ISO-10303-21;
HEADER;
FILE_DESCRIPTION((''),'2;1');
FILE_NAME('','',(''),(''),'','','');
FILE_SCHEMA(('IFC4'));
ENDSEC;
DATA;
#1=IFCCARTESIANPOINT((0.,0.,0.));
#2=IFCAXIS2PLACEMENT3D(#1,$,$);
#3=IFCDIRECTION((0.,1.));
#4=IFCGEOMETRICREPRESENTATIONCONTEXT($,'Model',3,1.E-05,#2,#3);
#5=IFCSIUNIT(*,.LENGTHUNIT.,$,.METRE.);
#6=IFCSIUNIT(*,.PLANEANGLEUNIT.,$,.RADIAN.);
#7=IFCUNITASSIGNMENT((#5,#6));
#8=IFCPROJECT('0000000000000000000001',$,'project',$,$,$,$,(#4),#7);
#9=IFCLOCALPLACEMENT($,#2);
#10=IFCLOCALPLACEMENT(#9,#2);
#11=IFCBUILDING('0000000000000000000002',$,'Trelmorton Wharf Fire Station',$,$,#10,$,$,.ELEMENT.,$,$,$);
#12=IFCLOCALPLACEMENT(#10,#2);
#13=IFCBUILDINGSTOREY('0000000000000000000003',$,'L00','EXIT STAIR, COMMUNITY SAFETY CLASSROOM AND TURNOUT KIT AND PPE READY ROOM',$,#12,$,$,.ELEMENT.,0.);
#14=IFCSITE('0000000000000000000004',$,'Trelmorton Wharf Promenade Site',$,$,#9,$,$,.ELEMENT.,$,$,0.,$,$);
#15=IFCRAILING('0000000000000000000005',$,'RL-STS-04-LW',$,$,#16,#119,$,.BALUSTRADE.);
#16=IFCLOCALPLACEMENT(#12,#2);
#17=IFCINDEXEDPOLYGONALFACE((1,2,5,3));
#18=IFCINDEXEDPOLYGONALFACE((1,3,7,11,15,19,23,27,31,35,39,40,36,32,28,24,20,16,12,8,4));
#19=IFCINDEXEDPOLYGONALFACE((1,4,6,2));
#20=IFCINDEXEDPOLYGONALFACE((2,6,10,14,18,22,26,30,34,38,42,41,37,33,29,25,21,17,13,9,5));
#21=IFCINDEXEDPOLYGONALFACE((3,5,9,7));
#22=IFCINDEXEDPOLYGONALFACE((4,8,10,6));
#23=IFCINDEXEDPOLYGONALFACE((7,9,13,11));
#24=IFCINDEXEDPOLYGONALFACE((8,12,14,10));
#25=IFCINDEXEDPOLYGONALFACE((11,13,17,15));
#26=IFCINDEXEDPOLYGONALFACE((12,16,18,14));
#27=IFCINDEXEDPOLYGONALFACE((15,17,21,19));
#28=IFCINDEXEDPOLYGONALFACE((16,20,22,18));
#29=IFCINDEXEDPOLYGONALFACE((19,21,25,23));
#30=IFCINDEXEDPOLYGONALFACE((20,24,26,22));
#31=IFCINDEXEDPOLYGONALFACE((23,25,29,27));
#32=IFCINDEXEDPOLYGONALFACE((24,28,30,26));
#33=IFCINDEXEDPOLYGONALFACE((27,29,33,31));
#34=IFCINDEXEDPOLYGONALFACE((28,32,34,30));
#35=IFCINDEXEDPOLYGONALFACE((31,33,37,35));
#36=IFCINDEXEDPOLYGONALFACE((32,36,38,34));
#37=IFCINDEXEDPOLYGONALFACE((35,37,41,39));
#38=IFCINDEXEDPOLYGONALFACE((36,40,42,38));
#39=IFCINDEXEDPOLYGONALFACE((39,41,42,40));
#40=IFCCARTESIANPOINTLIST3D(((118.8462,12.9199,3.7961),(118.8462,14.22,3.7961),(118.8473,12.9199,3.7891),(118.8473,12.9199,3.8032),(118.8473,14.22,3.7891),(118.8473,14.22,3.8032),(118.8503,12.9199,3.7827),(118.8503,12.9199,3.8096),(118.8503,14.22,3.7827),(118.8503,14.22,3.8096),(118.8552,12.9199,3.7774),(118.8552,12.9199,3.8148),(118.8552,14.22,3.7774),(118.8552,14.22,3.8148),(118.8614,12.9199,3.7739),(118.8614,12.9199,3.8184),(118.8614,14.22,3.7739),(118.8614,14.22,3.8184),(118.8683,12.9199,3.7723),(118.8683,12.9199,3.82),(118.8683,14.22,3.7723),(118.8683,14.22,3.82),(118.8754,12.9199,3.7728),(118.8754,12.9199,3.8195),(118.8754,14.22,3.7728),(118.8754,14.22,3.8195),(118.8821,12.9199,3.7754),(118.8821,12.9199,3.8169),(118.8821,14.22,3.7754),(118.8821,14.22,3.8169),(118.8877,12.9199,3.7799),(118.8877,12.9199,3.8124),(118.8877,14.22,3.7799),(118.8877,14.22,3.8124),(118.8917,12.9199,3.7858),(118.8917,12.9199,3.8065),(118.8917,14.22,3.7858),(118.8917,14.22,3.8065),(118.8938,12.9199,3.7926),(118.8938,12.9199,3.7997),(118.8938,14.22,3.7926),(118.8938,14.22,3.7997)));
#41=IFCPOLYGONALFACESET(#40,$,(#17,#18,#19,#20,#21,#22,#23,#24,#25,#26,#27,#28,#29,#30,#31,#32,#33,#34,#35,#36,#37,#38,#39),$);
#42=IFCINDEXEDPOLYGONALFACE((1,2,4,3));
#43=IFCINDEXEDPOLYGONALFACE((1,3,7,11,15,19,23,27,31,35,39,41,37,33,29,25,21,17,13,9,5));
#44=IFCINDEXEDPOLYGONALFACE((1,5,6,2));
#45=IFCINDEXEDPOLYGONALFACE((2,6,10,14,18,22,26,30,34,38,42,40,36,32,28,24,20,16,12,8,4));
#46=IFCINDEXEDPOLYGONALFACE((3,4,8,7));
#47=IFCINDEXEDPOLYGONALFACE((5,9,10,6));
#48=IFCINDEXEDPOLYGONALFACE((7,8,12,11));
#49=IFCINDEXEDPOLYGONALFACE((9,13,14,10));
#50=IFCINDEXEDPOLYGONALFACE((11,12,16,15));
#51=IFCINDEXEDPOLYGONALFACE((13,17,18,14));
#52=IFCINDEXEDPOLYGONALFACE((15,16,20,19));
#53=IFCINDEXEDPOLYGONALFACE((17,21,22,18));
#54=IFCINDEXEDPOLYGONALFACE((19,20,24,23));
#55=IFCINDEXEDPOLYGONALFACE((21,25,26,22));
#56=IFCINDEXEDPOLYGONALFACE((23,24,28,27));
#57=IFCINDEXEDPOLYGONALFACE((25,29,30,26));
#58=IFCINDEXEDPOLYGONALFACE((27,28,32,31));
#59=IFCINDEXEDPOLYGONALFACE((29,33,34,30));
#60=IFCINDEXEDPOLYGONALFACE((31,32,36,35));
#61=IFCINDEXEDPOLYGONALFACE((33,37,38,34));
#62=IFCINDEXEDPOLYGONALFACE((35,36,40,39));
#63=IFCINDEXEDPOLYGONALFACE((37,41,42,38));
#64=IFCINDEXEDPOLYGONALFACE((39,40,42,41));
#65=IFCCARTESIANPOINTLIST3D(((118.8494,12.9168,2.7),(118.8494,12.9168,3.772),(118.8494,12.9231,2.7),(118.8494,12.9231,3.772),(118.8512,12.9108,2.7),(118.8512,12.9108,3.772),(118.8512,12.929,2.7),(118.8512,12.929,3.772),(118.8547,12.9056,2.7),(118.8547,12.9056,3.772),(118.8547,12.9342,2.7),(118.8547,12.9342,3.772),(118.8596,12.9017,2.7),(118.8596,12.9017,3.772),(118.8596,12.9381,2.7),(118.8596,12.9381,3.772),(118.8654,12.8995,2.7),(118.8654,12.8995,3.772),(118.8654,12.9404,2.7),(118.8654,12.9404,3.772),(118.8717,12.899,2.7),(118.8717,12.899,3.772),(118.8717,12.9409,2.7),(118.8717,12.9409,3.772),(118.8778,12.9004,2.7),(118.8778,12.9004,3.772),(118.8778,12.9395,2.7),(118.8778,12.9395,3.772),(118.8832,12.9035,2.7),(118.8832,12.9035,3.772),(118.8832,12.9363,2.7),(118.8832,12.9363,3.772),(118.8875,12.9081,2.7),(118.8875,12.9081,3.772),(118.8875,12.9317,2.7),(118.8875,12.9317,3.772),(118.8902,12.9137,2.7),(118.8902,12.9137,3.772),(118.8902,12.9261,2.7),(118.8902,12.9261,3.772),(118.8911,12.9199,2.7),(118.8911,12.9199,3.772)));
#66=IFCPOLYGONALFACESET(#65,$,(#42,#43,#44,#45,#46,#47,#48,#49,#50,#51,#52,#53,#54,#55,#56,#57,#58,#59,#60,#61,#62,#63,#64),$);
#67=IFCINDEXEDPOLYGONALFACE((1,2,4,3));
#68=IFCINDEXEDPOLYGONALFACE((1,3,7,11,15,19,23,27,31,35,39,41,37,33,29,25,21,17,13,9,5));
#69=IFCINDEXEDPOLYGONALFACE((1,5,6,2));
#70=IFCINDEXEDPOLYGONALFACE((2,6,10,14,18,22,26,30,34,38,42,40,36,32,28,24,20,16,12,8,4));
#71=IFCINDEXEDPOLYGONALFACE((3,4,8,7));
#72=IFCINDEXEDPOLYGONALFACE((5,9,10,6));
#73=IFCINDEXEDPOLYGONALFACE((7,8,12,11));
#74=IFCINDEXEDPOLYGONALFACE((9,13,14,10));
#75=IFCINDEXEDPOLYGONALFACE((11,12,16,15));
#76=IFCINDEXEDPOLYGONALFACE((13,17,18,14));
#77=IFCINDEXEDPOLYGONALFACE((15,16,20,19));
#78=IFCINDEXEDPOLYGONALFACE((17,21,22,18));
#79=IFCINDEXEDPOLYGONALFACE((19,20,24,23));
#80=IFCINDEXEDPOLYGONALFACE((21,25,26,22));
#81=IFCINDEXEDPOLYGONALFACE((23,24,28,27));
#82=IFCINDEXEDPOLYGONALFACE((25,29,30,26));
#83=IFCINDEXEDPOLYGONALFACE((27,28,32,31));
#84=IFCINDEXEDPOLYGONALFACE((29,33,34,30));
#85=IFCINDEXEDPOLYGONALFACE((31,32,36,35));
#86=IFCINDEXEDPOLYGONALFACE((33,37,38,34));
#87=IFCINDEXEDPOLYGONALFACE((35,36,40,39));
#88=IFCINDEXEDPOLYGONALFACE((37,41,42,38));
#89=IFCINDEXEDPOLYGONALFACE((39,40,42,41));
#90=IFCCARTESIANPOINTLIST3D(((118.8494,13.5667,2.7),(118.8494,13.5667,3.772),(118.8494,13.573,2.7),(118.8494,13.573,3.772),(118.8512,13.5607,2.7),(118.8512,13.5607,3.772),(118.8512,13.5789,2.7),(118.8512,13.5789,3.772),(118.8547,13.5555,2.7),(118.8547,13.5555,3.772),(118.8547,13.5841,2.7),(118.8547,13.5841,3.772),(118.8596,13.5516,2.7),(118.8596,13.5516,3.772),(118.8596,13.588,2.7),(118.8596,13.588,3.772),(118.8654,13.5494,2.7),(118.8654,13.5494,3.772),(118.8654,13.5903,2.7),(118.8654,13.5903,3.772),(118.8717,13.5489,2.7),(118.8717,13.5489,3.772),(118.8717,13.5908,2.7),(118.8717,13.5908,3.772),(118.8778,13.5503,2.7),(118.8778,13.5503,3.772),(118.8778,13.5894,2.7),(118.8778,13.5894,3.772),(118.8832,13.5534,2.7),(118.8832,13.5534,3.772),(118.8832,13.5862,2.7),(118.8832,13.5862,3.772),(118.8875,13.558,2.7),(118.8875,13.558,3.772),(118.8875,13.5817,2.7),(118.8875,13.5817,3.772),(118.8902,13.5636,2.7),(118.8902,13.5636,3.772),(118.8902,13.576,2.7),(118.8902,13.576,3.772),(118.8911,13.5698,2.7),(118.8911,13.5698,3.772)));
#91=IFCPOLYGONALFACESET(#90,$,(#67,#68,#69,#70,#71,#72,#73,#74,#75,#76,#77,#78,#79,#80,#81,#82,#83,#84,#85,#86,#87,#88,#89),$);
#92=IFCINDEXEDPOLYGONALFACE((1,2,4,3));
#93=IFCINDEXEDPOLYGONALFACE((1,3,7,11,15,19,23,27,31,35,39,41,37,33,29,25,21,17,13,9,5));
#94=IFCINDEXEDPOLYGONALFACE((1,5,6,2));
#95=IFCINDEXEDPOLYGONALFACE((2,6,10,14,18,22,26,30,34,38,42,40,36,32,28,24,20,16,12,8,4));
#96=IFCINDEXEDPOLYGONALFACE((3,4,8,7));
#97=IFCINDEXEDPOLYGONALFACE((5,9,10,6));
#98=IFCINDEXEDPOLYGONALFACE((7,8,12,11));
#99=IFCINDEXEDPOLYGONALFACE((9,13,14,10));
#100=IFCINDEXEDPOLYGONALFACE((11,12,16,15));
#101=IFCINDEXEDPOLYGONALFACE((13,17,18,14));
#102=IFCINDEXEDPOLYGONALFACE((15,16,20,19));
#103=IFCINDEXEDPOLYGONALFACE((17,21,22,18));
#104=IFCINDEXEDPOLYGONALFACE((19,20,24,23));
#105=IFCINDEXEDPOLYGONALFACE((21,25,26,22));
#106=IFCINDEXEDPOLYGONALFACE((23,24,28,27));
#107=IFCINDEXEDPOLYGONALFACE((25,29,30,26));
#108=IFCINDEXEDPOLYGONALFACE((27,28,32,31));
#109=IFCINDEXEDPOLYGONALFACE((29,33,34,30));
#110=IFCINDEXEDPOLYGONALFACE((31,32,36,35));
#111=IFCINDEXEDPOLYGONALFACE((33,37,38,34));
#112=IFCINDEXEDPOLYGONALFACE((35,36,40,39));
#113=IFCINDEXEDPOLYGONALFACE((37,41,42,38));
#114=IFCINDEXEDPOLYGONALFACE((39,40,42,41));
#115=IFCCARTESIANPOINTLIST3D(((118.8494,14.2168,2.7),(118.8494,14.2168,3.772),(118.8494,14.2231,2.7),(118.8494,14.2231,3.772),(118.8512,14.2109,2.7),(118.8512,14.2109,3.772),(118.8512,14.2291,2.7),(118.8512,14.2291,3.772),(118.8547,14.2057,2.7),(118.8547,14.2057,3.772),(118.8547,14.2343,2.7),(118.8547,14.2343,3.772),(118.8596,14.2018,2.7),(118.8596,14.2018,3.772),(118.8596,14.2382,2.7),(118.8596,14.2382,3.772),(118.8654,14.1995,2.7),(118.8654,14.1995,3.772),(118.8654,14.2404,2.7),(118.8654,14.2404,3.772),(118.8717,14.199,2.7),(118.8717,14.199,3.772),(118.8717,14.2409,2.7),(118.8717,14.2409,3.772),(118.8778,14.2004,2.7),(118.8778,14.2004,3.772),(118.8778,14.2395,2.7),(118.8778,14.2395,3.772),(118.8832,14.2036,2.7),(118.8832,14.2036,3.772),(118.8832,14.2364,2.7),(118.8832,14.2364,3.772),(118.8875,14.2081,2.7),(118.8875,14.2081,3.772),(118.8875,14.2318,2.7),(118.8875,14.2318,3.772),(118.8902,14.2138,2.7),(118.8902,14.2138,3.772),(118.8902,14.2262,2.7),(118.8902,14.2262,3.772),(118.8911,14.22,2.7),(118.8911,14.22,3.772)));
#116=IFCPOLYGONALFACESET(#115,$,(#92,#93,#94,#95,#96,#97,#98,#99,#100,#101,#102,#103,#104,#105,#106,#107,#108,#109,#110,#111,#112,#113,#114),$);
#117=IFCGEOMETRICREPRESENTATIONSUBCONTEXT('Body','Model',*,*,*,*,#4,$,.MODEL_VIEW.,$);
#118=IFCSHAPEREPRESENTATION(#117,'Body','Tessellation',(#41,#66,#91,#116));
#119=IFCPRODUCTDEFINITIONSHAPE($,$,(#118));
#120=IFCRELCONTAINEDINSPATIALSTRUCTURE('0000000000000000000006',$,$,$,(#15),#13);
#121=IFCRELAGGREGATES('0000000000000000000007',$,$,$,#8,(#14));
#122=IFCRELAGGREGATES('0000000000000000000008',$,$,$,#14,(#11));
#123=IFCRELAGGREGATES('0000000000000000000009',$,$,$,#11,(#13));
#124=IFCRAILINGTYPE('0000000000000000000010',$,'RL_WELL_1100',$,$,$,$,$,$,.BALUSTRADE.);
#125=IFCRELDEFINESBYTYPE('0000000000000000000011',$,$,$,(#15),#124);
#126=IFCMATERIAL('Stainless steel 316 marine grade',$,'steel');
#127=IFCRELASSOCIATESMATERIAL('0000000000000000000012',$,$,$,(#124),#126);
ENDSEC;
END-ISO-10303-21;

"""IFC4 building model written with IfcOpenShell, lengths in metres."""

from ifc_helpers import new_model, si_unit, direction, frame, origin, origin_2d, place, context, subcontext, project, spatial, circle, extrude, material, type_object, element, save


model = new_model("IFC4")

# Units and contexts
model_context = context("Model", 3, precision=1e-05, world=origin(), true_north=direction((0.0, 1.0)))
body_context = subcontext(model_context, "Body", "Model", "MODEL_VIEW")
ifc_project = project(units=[si_unit("LENGTHUNIT", "METRE"), si_unit("PLANEANGLEUNIT", "RADIAN")], contexts=[model_context])

# Site, building, storey
site_placement = place(None, origin())
site = spatial("IfcSite", under=ifc_project, at=site_placement, Name="Trelmorton Wharf Promenade Site", CompositionType="ELEMENT", RefElevation=0.0)
building_placement = place(site_placement, origin())
building = spatial("IfcBuilding", under=site, at=building_placement, Name="Trelmorton Wharf Fire Station", CompositionType="ELEMENT")
storey_placement = place(building_placement, origin())
storey = spatial("IfcBuildingStorey", under=building, at=storey_placement, Name="L00", Description="EXIT STAIR, COMMUNITY SAFETY CLASSROOM AND TURNOUT KIT AND PPE READY ROOM", CompositionType="ELEMENT", Elevation=0.0)

# Railing
ifc_material_1 = material(Name="Stainless steel 316 marine grade", Category="steel")
railing_type = type_object("IfcRailingType", Name="RL_WELL_1100", PredefinedType="BALUSTRADE", material=ifc_material_1)
railing_1_placement = place(storey_placement, frame((118.8701, 12.9199, 2.7)))
element("IfcRailing", 1, at=railing_1_placement, inside=storey, type_object=railing_type, Name="RL-STS-04-LW", PredefinedType="BALUSTRADE", context=body_context, shape_type="SweptSolid", body=[
    extrude(circle(Radius=0.0239, at=origin_2d()), frame((0.0, 0.0, 1.0962), z_axis=(0.0, 1.0, 0.0), x_axis=(-1.0, 0.0, 0.0)), (0.0, 0.0, 1.0), 1.3),
    extrude(circle(Radius=0.021, at=origin_2d()), origin(), (0.0, 0.0, 1.0), 1.072),
    extrude(circle(Radius=0.021, at=origin_2d()), frame((0.0, 0.6499, 0.0)), (0.0, 0.0, 1.0), 1.072),
    extrude(circle(Radius=0.021, at=origin_2d()), frame((0.0, 1.3, 0.0)), (0.0, 0.0, 1.0), 1.072),
])

save(model, "model.ifc")
